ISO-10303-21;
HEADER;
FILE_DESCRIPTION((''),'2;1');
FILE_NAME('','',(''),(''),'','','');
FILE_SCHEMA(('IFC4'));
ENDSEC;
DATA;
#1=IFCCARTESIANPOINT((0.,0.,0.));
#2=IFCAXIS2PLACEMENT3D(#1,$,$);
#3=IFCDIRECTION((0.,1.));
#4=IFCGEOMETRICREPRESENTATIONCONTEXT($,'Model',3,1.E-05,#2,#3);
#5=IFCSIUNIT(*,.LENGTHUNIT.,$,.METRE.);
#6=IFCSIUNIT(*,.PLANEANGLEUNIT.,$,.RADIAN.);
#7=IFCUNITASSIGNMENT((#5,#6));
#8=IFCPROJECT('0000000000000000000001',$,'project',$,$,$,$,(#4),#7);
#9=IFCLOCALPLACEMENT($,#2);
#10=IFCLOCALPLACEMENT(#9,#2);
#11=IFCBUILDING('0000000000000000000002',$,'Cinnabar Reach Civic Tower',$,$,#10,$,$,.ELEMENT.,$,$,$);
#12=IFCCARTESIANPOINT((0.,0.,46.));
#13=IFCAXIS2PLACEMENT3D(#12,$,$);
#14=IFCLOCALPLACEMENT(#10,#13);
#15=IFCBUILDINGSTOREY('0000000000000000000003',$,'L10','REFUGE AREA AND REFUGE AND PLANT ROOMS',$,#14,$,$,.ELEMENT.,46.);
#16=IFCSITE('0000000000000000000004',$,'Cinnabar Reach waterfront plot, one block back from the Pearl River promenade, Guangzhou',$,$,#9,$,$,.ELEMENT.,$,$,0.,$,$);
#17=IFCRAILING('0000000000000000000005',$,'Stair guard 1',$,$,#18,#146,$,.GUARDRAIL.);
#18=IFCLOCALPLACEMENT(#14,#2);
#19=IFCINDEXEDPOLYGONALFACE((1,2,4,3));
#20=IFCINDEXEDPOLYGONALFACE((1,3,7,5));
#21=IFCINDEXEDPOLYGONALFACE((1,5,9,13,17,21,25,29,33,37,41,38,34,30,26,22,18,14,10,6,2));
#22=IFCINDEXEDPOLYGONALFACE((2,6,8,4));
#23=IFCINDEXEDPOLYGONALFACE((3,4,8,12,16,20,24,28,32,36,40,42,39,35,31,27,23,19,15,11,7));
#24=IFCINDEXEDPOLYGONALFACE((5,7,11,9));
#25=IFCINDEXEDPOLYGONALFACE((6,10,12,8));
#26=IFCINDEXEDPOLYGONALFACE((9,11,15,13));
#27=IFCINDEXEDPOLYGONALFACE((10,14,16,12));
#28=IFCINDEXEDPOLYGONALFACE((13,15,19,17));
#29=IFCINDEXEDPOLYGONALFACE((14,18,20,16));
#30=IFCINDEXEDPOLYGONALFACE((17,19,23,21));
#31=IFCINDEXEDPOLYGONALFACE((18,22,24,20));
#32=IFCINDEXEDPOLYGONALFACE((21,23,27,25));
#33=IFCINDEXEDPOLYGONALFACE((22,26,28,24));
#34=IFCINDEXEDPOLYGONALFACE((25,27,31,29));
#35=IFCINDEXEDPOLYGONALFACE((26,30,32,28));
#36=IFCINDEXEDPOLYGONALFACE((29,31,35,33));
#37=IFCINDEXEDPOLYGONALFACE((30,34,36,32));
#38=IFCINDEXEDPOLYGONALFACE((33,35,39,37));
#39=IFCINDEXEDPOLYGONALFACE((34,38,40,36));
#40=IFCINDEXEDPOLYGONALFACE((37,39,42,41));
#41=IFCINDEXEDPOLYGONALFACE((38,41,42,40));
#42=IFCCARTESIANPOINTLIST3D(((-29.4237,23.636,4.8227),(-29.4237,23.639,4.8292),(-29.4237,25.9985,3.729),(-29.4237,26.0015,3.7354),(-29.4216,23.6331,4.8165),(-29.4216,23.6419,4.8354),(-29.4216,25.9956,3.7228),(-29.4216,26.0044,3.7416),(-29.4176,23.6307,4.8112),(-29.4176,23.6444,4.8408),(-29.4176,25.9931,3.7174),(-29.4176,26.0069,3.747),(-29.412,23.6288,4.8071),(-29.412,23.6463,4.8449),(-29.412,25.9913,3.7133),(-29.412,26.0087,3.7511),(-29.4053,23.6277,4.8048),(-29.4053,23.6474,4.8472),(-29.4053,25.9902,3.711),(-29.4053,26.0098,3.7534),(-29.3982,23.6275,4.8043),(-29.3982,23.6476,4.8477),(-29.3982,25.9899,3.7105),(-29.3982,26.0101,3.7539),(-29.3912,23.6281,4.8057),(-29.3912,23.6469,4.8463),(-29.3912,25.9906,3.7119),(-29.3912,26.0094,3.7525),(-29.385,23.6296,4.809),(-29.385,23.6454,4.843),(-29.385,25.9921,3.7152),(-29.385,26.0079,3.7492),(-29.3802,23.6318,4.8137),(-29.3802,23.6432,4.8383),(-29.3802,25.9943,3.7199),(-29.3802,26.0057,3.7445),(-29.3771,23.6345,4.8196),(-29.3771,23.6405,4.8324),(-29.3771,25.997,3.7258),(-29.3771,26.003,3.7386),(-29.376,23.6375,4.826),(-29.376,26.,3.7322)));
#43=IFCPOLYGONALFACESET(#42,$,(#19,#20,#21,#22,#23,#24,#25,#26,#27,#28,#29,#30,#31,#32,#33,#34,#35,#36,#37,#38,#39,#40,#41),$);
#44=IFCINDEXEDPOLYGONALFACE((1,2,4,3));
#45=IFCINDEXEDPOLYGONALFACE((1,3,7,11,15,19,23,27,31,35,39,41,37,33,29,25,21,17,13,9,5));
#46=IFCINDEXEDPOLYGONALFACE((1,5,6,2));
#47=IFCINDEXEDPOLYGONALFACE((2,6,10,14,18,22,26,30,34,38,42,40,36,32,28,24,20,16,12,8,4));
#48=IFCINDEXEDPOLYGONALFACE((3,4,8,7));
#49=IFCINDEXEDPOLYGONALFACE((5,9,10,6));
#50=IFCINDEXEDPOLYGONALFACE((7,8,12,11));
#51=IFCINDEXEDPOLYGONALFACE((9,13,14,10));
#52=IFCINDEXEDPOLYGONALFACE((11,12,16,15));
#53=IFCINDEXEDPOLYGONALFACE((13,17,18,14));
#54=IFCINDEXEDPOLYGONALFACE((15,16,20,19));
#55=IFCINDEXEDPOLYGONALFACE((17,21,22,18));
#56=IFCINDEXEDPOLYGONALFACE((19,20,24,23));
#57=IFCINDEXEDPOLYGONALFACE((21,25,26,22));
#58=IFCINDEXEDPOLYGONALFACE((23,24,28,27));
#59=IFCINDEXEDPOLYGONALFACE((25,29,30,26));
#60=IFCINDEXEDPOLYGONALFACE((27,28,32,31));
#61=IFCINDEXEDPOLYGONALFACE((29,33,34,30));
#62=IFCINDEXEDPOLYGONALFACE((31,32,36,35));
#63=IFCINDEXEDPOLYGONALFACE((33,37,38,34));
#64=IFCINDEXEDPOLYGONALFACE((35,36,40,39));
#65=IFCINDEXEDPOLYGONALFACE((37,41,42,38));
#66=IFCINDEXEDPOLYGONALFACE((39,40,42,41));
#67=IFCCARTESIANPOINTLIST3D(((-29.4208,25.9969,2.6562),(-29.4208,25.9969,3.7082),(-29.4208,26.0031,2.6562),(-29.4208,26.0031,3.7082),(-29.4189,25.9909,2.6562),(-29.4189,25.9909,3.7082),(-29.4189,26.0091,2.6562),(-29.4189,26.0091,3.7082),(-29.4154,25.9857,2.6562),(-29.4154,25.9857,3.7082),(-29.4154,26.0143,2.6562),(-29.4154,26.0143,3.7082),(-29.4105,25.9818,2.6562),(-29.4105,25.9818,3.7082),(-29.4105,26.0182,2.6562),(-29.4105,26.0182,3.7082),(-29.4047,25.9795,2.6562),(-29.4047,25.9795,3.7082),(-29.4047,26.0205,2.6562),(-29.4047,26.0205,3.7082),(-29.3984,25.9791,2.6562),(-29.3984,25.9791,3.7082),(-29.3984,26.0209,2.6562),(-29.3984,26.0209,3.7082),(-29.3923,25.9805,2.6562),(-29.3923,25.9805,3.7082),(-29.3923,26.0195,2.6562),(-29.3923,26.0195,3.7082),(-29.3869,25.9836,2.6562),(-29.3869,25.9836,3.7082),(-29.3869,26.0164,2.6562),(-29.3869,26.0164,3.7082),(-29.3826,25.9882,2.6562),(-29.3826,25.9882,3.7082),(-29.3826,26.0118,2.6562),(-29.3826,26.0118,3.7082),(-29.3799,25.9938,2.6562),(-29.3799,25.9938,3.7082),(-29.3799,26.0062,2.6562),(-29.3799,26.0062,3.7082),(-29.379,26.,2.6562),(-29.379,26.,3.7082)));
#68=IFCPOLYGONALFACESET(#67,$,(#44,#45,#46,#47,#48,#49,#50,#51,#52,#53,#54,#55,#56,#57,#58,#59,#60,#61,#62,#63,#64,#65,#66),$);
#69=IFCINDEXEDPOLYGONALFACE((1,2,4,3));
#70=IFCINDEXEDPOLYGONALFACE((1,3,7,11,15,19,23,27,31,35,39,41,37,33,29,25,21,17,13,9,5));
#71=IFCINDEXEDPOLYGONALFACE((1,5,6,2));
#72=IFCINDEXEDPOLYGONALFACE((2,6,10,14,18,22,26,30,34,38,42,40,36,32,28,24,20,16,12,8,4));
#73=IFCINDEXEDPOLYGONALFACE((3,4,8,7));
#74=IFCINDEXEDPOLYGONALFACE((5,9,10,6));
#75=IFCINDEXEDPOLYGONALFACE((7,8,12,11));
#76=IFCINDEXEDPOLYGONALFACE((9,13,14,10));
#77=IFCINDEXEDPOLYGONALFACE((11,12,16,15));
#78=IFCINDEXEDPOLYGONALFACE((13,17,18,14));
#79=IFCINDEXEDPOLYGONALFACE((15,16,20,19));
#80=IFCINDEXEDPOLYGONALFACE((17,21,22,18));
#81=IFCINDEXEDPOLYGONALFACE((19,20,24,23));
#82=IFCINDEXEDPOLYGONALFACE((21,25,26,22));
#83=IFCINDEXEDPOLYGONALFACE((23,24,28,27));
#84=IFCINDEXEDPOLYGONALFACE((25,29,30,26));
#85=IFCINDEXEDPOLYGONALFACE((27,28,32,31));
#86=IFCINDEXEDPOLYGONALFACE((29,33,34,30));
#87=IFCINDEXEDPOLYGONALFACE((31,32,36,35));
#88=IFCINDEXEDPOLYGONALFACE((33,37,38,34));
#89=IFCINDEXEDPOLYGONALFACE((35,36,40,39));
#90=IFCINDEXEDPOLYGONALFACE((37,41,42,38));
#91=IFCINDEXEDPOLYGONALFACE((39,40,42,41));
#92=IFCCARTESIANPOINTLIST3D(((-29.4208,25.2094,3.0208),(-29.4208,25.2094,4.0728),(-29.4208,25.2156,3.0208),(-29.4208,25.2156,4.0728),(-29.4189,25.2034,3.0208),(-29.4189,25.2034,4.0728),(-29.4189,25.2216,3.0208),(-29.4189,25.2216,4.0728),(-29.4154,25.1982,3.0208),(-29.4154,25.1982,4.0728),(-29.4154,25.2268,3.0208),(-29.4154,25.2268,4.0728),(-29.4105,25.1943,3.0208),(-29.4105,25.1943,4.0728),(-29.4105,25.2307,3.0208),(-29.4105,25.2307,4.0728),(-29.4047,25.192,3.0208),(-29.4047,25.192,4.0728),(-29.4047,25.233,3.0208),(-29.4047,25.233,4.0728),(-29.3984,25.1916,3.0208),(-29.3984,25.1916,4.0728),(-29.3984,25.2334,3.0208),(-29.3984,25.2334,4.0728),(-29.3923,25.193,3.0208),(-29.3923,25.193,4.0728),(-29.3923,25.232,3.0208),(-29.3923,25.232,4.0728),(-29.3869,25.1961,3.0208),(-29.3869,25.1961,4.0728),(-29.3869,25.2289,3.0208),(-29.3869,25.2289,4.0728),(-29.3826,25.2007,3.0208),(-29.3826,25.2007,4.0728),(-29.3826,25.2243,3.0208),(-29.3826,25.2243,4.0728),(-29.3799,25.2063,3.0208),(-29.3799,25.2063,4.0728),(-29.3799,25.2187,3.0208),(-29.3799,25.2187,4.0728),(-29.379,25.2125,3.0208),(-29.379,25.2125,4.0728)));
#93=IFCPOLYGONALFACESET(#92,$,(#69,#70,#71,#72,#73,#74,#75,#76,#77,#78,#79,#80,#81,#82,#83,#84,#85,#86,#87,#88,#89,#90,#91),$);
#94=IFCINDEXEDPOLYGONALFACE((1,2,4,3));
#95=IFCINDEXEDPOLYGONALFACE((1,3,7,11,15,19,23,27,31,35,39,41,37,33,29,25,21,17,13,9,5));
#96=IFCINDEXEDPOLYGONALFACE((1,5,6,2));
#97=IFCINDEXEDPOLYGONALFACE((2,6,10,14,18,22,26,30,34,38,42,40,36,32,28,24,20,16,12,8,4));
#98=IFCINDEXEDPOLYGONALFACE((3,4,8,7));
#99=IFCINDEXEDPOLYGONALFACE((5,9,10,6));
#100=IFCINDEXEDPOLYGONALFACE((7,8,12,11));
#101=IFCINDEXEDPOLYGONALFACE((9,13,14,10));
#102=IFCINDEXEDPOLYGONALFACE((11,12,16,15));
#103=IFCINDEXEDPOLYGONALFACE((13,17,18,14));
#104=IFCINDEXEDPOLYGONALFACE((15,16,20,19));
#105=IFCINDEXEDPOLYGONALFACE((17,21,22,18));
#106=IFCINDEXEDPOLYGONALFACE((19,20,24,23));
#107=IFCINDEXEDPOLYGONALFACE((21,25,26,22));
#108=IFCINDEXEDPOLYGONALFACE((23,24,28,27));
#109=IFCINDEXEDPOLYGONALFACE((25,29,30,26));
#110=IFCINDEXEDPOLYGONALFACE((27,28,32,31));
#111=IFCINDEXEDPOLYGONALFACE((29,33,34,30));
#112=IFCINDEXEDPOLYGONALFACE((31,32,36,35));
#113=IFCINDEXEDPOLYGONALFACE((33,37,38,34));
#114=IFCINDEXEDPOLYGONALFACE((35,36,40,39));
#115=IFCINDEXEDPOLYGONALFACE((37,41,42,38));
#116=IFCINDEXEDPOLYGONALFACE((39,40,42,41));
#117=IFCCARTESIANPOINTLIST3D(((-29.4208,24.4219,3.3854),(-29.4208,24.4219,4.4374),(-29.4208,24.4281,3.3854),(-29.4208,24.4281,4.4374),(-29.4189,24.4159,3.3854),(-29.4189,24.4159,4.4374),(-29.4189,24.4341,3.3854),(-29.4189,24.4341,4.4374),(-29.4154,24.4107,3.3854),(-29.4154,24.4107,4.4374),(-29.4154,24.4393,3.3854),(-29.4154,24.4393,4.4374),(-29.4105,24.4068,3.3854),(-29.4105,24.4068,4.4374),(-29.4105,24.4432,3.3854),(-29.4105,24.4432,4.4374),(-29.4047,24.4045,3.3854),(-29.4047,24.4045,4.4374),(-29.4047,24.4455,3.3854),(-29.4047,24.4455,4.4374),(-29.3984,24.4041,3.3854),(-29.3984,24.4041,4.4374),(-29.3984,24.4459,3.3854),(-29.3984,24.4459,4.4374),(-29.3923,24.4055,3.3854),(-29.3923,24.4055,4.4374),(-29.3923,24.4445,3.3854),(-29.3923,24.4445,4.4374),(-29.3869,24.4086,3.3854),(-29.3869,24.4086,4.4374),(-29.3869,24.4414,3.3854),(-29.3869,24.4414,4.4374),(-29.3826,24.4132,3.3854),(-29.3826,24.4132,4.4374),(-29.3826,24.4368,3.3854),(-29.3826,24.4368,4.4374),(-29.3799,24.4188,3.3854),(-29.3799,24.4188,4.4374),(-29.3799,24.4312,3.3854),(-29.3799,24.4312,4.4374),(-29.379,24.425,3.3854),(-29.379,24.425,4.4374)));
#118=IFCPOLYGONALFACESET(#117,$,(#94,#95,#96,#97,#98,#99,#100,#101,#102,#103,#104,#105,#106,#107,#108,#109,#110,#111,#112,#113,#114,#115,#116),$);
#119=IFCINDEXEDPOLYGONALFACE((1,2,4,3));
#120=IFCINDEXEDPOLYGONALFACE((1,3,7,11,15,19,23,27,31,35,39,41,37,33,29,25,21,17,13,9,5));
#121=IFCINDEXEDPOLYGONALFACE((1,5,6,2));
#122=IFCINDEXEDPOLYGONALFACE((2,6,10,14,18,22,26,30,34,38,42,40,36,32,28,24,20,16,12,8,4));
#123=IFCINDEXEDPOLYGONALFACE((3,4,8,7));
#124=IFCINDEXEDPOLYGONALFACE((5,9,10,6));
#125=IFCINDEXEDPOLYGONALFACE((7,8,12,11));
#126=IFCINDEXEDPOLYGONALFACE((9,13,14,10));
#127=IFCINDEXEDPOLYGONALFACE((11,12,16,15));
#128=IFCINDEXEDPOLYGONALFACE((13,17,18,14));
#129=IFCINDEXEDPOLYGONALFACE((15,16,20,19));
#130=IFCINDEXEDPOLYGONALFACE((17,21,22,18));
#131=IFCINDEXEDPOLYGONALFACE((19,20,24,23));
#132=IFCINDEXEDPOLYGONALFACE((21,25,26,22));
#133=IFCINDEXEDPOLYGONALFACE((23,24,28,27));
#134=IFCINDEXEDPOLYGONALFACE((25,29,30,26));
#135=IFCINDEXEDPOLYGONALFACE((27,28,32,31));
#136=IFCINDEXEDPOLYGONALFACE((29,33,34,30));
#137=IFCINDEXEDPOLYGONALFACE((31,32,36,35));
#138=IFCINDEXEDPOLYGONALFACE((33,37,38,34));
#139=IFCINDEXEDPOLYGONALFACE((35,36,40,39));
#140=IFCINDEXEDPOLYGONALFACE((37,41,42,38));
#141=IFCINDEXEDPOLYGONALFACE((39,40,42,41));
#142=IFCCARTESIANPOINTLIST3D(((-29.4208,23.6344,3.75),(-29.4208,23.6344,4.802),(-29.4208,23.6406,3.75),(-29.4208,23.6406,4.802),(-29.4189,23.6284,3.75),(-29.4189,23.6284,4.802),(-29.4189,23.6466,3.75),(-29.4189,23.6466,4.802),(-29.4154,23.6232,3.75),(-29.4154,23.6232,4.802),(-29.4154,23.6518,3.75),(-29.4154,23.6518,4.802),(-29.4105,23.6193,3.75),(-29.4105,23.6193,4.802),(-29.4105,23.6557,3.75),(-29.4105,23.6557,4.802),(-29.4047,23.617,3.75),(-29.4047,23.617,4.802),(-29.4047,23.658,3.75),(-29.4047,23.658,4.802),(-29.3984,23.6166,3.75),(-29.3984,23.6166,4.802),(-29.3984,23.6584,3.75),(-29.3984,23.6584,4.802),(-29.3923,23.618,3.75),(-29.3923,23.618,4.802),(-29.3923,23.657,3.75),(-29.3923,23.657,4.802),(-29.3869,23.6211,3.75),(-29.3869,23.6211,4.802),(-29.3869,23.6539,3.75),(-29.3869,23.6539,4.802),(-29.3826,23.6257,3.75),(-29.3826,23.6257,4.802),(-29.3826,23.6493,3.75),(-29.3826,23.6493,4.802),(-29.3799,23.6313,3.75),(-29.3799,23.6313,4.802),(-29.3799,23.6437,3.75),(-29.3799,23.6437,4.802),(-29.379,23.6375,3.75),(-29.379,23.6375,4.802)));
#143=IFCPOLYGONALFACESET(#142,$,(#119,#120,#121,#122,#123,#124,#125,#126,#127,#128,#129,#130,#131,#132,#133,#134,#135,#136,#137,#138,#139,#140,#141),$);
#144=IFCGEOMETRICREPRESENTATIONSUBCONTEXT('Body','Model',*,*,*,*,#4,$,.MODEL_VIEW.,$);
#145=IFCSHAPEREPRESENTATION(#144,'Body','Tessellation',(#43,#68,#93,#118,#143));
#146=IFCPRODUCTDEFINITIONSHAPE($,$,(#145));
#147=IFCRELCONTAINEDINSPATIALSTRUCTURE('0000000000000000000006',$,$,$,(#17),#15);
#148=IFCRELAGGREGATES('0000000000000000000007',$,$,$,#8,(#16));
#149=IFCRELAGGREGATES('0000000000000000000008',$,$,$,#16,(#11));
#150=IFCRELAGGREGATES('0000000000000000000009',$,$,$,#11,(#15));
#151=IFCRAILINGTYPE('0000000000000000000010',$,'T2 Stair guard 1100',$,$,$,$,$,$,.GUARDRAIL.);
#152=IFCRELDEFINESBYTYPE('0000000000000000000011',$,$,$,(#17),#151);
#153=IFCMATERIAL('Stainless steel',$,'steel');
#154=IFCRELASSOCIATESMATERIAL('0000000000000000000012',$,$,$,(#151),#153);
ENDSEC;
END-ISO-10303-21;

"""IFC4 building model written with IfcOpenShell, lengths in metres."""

from ifc_helpers import new_model, si_unit, direction, frame, origin, origin_2d, place, context, subcontext, project, spatial, circle, extrude, material, type_object, element, save


model = new_model("IFC4")

# Units and contexts
model_context = context("Model", 3, precision=1e-05, world=origin(), true_north=direction((0.0, 1.0)))
body_context = subcontext(model_context, "Body", "Model", "MODEL_VIEW")
ifc_project = project(units=[si_unit("LENGTHUNIT", "METRE"), si_unit("PLANEANGLEUNIT", "RADIAN")], contexts=[model_context])

# Site, building, storey
site_placement = place(None, origin())
site = spatial("IfcSite", under=ifc_project, at=site_placement, Name="Cinnabar Reach waterfront plot, one block back from the Pearl River promenade, Guangzhou", CompositionType="ELEMENT", RefElevation=0.0)
building_placement = place(site_placement, origin())
building = spatial("IfcBuilding", under=site, at=building_placement, Name="Cinnabar Reach Civic Tower", CompositionType="ELEMENT")
storey_placement = place(building_placement, frame((0.0, 0.0, 46.0)))
storey = spatial("IfcBuildingStorey", under=building, at=storey_placement, Name="L10", Description="REFUGE AREA AND REFUGE AND PLANT ROOMS", CompositionType="ELEMENT", Elevation=46.0)

# Railing
ifc_material_1 = material(Name="Stainless steel", Category="steel")
railing_type = type_object("IfcRailingType", Name="T2 Stair guard 1100", PredefinedType="GUARDRAIL", material=ifc_material_1)
railing_1_placement = place(storey_placement, frame((-29.4, 26.0, 2.6562)))
element("IfcRailing", 1, at=railing_1_placement, inside=storey, type_object=railing_type, Name="Stair guard 1", PredefinedType="GUARDRAIL", context=body_context, shape_type="SweptSolid", body=[
    extrude(circle(Radius=0.024, at=origin_2d()), frame((0.0, 0.0, 1.076), z_axis=(0.0, -0.90746, 0.420139), x_axis=(1.0, 0.0, 0.0)), (0.0, 0.0, 1.0), 2.6034),
    extrude(circle(Radius=0.021, at=origin_2d()), origin(), (0.0, 0.0, 1.0), 1.052),
    extrude(circle(Radius=0.021, at=origin_2d()), frame((0.0, -0.7875, 0.3646)), (0.0, 0.0, 1.0), 1.052),
    extrude(circle(Radius=0.021, at=origin_2d()), frame((0.0, -1.575, 0.7292)), (0.0, 0.0, 1.0), 1.052),
    extrude(circle(Radius=0.021, at=origin_2d()), frame((0.0, -2.3625, 1.0938)), (0.0, 0.0, 1.0), 1.052),
])

save(model, "model.ifc")
